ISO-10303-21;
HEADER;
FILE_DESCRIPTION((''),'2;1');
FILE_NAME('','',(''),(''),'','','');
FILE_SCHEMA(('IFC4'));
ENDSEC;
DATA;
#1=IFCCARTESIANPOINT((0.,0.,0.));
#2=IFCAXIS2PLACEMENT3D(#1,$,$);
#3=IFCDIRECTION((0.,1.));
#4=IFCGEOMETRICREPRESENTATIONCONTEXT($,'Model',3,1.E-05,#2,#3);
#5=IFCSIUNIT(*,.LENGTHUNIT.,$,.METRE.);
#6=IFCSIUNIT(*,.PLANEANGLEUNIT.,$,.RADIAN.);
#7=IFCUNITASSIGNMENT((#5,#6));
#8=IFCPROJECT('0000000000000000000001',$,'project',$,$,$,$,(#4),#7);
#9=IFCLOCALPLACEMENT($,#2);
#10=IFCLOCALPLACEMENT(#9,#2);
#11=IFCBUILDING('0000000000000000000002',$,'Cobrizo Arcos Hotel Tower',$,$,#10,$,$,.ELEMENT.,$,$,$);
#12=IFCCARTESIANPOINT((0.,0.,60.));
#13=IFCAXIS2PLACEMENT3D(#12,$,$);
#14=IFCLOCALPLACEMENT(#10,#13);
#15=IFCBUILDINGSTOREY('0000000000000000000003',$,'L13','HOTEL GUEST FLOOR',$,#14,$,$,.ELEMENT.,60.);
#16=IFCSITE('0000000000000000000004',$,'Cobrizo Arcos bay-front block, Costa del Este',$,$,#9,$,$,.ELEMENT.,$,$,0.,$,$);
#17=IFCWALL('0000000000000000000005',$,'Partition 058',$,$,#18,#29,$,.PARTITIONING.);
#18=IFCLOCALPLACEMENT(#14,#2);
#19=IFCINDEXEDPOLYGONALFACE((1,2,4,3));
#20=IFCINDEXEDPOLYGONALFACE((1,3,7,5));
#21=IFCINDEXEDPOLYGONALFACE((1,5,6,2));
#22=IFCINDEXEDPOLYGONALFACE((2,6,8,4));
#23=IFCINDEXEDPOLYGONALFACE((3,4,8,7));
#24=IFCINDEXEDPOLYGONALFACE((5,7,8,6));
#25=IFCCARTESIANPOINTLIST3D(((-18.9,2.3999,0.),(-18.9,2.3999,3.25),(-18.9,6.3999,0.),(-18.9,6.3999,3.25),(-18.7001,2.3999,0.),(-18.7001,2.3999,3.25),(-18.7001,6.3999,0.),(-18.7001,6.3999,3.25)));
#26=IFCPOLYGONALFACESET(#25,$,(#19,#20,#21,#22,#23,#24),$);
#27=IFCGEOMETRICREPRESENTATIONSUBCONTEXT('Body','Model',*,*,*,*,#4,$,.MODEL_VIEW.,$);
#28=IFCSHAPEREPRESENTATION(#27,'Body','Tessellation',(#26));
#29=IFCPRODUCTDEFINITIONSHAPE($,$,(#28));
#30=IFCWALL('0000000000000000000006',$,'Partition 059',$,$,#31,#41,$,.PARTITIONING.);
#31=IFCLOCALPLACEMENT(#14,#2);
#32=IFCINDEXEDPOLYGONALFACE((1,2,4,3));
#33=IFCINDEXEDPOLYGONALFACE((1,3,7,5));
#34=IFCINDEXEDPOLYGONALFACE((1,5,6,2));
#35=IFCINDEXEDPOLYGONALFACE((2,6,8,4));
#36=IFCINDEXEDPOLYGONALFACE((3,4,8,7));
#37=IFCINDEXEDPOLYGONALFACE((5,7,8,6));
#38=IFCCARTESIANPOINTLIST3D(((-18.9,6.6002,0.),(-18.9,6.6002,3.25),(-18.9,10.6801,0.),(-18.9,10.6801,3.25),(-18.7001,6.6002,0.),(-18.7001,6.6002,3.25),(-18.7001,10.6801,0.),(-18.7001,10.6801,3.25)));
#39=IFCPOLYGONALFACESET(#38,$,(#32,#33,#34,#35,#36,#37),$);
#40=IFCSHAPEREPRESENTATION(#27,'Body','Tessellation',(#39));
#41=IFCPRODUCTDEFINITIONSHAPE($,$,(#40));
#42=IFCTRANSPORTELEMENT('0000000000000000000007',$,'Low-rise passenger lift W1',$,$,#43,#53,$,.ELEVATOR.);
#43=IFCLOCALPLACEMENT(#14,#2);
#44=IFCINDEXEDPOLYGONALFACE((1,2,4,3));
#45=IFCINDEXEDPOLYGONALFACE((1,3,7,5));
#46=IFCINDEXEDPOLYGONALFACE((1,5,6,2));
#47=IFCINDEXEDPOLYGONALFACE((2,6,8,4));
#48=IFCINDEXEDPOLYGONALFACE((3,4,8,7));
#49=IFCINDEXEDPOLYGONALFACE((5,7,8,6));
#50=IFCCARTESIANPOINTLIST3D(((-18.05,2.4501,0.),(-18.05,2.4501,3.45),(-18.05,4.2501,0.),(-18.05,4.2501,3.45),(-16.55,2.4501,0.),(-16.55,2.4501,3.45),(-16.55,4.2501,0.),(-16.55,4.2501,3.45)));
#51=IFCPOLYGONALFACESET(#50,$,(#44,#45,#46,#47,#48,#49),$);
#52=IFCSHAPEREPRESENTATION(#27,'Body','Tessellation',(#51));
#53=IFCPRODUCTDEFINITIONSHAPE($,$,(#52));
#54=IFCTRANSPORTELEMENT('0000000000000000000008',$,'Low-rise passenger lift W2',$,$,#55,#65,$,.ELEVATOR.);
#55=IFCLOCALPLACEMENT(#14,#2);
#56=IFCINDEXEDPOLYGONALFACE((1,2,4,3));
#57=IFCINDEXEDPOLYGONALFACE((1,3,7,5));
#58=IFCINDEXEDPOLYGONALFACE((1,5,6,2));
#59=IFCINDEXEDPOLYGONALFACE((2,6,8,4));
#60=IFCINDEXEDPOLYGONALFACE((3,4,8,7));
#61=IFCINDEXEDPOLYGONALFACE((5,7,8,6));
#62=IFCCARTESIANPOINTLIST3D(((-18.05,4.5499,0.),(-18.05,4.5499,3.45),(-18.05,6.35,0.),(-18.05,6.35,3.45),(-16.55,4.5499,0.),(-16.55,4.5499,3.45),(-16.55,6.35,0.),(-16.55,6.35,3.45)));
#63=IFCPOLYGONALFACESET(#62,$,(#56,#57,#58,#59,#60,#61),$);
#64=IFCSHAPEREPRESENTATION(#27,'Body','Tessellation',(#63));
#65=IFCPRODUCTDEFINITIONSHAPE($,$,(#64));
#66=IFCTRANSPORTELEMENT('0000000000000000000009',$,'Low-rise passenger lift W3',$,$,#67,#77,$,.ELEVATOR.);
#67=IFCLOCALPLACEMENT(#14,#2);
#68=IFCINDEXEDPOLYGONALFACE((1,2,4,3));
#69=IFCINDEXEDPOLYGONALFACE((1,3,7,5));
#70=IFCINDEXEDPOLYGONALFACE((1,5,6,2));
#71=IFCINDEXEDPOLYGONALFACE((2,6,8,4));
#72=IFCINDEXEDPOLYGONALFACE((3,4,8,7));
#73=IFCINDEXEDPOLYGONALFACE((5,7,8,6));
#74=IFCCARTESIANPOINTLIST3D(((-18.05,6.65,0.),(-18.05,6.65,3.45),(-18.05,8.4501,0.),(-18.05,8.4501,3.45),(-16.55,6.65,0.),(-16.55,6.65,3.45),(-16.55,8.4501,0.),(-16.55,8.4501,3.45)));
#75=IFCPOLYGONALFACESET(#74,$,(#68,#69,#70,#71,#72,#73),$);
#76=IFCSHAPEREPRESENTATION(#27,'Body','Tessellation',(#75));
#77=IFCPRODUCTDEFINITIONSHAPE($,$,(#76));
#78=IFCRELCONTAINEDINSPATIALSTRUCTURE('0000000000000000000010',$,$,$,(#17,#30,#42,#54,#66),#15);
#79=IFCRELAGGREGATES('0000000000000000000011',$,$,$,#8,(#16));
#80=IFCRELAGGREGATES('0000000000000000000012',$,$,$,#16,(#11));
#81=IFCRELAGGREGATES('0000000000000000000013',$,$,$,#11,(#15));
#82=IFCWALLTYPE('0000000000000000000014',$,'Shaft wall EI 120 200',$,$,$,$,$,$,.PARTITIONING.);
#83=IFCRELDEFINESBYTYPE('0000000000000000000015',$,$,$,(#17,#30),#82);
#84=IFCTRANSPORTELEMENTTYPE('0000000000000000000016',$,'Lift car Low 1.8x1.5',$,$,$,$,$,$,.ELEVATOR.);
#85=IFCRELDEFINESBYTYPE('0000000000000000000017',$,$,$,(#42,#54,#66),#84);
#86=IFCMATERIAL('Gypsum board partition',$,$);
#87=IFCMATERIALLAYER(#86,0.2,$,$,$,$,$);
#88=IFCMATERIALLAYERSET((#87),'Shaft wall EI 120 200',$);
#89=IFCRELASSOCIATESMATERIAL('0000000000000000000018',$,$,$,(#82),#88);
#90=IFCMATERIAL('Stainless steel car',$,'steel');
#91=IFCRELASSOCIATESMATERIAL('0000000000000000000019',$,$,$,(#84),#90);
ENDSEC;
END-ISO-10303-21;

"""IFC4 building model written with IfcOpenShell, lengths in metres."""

from ifc_helpers import new_model, si_unit, direction, frame, frame_2d, origin, origin_2d, place, context, subcontext, project, spatial, rectangle, extrude, material, layer, layer_set, type_object, element, save


model = new_model("IFC4")

# Units and contexts
model_context = context("Model", 3, precision=1e-05, world=origin(), true_north=direction((0.0, 1.0)))
body_context = subcontext(model_context, "Body", "Model", "MODEL_VIEW")
ifc_project = project(units=[si_unit("LENGTHUNIT", "METRE"), si_unit("PLANEANGLEUNIT", "RADIAN")], contexts=[model_context])

# Site, building, storey
site_placement = place(None, origin())
site = spatial("IfcSite", under=ifc_project, at=site_placement, Name="Cobrizo Arcos bay-front block, Costa del Este", CompositionType="ELEMENT", RefElevation=0.0)
building_placement = place(site_placement, origin())
building = spatial("IfcBuilding", under=site, at=building_placement, Name="Cobrizo Arcos Hotel Tower", CompositionType="ELEMENT")
storey_placement = place(building_placement, frame((0.0, 0.0, 60.0)))
storey = spatial("IfcBuildingStorey", under=building, at=storey_placement, Name="L13", Description="HOTEL GUEST FLOOR", CompositionType="ELEMENT", Elevation=60.0)

# Shared definitions
ifc_material_1 = material(Name="Gypsum board partition")

# Shared definitions
ifc_layer_1 = layer(ifc_material_1, 0.2)
ifc_layer_set_1 = layer_set([ifc_layer_1], Name="Shaft wall EI 120 200")
wall_type_1 = type_object("IfcWallType", Name="Shaft wall EI 120 200", PredefinedType="PARTITIONING", material=ifc_layer_set_1)

# Walls
wall_1_placement = place(storey_placement, frame((-18.8, 2.3999, 0.0), z_axis=(0.0, 0.0, 1.0), x_axis=(0.0, 1.0, 0.0)))
element("IfcWall", 1, at=wall_1_placement, inside=storey, type_object=wall_type_1, Name="Partition 058", PredefinedType="PARTITIONING", context=body_context, shape_type="SweptSolid", body=[
    extrude(rectangle(XDim=4.0, YDim=0.2, at=frame_2d((2.0, 0.0))), origin(), (0.0, 0.0, 1.0), 3.25),
])
wall_2_placement = place(storey_placement, frame((-18.8, 6.6001, 0.0), z_axis=(0.0, 0.0, 1.0), x_axis=(0.0, 1.0, 0.0)))
element("IfcWall", 2, at=wall_2_placement, inside=storey, type_object=wall_type_1, Name="Partition 059", PredefinedType="PARTITIONING", context=body_context, shape_type="SweptSolid", body=[
    extrude(rectangle(XDim=4.0798, YDim=0.2, at=frame_2d((2.04, 0.0))), origin(), (0.0, 0.0, 1.0), 3.25),
])

# Transport elements
ifc_material_2 = material(Name="Stainless steel car", Category="steel")
transport_element_type = type_object("IfcTransportElementType", Name="Lift car Low 1.8x1.5", PredefinedType="ELEVATOR", material=ifc_material_2)
for number, where, z_axis, x_axis, name in (
    (3, (-17.3, 3.3501, 0.0), (0.0, 0.0, 1.0), (1.0, 0.0, 0.0), "Low-rise passenger lift W1"),
    (4, (-17.3, 5.45, 0.0), (0.0, 0.0, 1.0), (1.0, 0.0, 0.0), "Low-rise passenger lift W2"),
    (5, (-17.3, 7.55, 0.0), (0.0, 0.0, 1.0), (1.0, 0.0, 0.0), "Low-rise passenger lift W3"),
):
    element("IfcTransportElement", number, at=place(storey_placement, frame(where, z_axis=z_axis, x_axis=x_axis)), inside=storey, type_object=transport_element_type, Name=name, PredefinedType="ELEVATOR", context=body_context, shape_type="SweptSolid", body=[
        extrude(rectangle(XDim=1.5, YDim=1.8, at=origin_2d()), origin(), (0.0, 0.0, 1.0), 3.45),
    ])

save(model, "model.ifc")
